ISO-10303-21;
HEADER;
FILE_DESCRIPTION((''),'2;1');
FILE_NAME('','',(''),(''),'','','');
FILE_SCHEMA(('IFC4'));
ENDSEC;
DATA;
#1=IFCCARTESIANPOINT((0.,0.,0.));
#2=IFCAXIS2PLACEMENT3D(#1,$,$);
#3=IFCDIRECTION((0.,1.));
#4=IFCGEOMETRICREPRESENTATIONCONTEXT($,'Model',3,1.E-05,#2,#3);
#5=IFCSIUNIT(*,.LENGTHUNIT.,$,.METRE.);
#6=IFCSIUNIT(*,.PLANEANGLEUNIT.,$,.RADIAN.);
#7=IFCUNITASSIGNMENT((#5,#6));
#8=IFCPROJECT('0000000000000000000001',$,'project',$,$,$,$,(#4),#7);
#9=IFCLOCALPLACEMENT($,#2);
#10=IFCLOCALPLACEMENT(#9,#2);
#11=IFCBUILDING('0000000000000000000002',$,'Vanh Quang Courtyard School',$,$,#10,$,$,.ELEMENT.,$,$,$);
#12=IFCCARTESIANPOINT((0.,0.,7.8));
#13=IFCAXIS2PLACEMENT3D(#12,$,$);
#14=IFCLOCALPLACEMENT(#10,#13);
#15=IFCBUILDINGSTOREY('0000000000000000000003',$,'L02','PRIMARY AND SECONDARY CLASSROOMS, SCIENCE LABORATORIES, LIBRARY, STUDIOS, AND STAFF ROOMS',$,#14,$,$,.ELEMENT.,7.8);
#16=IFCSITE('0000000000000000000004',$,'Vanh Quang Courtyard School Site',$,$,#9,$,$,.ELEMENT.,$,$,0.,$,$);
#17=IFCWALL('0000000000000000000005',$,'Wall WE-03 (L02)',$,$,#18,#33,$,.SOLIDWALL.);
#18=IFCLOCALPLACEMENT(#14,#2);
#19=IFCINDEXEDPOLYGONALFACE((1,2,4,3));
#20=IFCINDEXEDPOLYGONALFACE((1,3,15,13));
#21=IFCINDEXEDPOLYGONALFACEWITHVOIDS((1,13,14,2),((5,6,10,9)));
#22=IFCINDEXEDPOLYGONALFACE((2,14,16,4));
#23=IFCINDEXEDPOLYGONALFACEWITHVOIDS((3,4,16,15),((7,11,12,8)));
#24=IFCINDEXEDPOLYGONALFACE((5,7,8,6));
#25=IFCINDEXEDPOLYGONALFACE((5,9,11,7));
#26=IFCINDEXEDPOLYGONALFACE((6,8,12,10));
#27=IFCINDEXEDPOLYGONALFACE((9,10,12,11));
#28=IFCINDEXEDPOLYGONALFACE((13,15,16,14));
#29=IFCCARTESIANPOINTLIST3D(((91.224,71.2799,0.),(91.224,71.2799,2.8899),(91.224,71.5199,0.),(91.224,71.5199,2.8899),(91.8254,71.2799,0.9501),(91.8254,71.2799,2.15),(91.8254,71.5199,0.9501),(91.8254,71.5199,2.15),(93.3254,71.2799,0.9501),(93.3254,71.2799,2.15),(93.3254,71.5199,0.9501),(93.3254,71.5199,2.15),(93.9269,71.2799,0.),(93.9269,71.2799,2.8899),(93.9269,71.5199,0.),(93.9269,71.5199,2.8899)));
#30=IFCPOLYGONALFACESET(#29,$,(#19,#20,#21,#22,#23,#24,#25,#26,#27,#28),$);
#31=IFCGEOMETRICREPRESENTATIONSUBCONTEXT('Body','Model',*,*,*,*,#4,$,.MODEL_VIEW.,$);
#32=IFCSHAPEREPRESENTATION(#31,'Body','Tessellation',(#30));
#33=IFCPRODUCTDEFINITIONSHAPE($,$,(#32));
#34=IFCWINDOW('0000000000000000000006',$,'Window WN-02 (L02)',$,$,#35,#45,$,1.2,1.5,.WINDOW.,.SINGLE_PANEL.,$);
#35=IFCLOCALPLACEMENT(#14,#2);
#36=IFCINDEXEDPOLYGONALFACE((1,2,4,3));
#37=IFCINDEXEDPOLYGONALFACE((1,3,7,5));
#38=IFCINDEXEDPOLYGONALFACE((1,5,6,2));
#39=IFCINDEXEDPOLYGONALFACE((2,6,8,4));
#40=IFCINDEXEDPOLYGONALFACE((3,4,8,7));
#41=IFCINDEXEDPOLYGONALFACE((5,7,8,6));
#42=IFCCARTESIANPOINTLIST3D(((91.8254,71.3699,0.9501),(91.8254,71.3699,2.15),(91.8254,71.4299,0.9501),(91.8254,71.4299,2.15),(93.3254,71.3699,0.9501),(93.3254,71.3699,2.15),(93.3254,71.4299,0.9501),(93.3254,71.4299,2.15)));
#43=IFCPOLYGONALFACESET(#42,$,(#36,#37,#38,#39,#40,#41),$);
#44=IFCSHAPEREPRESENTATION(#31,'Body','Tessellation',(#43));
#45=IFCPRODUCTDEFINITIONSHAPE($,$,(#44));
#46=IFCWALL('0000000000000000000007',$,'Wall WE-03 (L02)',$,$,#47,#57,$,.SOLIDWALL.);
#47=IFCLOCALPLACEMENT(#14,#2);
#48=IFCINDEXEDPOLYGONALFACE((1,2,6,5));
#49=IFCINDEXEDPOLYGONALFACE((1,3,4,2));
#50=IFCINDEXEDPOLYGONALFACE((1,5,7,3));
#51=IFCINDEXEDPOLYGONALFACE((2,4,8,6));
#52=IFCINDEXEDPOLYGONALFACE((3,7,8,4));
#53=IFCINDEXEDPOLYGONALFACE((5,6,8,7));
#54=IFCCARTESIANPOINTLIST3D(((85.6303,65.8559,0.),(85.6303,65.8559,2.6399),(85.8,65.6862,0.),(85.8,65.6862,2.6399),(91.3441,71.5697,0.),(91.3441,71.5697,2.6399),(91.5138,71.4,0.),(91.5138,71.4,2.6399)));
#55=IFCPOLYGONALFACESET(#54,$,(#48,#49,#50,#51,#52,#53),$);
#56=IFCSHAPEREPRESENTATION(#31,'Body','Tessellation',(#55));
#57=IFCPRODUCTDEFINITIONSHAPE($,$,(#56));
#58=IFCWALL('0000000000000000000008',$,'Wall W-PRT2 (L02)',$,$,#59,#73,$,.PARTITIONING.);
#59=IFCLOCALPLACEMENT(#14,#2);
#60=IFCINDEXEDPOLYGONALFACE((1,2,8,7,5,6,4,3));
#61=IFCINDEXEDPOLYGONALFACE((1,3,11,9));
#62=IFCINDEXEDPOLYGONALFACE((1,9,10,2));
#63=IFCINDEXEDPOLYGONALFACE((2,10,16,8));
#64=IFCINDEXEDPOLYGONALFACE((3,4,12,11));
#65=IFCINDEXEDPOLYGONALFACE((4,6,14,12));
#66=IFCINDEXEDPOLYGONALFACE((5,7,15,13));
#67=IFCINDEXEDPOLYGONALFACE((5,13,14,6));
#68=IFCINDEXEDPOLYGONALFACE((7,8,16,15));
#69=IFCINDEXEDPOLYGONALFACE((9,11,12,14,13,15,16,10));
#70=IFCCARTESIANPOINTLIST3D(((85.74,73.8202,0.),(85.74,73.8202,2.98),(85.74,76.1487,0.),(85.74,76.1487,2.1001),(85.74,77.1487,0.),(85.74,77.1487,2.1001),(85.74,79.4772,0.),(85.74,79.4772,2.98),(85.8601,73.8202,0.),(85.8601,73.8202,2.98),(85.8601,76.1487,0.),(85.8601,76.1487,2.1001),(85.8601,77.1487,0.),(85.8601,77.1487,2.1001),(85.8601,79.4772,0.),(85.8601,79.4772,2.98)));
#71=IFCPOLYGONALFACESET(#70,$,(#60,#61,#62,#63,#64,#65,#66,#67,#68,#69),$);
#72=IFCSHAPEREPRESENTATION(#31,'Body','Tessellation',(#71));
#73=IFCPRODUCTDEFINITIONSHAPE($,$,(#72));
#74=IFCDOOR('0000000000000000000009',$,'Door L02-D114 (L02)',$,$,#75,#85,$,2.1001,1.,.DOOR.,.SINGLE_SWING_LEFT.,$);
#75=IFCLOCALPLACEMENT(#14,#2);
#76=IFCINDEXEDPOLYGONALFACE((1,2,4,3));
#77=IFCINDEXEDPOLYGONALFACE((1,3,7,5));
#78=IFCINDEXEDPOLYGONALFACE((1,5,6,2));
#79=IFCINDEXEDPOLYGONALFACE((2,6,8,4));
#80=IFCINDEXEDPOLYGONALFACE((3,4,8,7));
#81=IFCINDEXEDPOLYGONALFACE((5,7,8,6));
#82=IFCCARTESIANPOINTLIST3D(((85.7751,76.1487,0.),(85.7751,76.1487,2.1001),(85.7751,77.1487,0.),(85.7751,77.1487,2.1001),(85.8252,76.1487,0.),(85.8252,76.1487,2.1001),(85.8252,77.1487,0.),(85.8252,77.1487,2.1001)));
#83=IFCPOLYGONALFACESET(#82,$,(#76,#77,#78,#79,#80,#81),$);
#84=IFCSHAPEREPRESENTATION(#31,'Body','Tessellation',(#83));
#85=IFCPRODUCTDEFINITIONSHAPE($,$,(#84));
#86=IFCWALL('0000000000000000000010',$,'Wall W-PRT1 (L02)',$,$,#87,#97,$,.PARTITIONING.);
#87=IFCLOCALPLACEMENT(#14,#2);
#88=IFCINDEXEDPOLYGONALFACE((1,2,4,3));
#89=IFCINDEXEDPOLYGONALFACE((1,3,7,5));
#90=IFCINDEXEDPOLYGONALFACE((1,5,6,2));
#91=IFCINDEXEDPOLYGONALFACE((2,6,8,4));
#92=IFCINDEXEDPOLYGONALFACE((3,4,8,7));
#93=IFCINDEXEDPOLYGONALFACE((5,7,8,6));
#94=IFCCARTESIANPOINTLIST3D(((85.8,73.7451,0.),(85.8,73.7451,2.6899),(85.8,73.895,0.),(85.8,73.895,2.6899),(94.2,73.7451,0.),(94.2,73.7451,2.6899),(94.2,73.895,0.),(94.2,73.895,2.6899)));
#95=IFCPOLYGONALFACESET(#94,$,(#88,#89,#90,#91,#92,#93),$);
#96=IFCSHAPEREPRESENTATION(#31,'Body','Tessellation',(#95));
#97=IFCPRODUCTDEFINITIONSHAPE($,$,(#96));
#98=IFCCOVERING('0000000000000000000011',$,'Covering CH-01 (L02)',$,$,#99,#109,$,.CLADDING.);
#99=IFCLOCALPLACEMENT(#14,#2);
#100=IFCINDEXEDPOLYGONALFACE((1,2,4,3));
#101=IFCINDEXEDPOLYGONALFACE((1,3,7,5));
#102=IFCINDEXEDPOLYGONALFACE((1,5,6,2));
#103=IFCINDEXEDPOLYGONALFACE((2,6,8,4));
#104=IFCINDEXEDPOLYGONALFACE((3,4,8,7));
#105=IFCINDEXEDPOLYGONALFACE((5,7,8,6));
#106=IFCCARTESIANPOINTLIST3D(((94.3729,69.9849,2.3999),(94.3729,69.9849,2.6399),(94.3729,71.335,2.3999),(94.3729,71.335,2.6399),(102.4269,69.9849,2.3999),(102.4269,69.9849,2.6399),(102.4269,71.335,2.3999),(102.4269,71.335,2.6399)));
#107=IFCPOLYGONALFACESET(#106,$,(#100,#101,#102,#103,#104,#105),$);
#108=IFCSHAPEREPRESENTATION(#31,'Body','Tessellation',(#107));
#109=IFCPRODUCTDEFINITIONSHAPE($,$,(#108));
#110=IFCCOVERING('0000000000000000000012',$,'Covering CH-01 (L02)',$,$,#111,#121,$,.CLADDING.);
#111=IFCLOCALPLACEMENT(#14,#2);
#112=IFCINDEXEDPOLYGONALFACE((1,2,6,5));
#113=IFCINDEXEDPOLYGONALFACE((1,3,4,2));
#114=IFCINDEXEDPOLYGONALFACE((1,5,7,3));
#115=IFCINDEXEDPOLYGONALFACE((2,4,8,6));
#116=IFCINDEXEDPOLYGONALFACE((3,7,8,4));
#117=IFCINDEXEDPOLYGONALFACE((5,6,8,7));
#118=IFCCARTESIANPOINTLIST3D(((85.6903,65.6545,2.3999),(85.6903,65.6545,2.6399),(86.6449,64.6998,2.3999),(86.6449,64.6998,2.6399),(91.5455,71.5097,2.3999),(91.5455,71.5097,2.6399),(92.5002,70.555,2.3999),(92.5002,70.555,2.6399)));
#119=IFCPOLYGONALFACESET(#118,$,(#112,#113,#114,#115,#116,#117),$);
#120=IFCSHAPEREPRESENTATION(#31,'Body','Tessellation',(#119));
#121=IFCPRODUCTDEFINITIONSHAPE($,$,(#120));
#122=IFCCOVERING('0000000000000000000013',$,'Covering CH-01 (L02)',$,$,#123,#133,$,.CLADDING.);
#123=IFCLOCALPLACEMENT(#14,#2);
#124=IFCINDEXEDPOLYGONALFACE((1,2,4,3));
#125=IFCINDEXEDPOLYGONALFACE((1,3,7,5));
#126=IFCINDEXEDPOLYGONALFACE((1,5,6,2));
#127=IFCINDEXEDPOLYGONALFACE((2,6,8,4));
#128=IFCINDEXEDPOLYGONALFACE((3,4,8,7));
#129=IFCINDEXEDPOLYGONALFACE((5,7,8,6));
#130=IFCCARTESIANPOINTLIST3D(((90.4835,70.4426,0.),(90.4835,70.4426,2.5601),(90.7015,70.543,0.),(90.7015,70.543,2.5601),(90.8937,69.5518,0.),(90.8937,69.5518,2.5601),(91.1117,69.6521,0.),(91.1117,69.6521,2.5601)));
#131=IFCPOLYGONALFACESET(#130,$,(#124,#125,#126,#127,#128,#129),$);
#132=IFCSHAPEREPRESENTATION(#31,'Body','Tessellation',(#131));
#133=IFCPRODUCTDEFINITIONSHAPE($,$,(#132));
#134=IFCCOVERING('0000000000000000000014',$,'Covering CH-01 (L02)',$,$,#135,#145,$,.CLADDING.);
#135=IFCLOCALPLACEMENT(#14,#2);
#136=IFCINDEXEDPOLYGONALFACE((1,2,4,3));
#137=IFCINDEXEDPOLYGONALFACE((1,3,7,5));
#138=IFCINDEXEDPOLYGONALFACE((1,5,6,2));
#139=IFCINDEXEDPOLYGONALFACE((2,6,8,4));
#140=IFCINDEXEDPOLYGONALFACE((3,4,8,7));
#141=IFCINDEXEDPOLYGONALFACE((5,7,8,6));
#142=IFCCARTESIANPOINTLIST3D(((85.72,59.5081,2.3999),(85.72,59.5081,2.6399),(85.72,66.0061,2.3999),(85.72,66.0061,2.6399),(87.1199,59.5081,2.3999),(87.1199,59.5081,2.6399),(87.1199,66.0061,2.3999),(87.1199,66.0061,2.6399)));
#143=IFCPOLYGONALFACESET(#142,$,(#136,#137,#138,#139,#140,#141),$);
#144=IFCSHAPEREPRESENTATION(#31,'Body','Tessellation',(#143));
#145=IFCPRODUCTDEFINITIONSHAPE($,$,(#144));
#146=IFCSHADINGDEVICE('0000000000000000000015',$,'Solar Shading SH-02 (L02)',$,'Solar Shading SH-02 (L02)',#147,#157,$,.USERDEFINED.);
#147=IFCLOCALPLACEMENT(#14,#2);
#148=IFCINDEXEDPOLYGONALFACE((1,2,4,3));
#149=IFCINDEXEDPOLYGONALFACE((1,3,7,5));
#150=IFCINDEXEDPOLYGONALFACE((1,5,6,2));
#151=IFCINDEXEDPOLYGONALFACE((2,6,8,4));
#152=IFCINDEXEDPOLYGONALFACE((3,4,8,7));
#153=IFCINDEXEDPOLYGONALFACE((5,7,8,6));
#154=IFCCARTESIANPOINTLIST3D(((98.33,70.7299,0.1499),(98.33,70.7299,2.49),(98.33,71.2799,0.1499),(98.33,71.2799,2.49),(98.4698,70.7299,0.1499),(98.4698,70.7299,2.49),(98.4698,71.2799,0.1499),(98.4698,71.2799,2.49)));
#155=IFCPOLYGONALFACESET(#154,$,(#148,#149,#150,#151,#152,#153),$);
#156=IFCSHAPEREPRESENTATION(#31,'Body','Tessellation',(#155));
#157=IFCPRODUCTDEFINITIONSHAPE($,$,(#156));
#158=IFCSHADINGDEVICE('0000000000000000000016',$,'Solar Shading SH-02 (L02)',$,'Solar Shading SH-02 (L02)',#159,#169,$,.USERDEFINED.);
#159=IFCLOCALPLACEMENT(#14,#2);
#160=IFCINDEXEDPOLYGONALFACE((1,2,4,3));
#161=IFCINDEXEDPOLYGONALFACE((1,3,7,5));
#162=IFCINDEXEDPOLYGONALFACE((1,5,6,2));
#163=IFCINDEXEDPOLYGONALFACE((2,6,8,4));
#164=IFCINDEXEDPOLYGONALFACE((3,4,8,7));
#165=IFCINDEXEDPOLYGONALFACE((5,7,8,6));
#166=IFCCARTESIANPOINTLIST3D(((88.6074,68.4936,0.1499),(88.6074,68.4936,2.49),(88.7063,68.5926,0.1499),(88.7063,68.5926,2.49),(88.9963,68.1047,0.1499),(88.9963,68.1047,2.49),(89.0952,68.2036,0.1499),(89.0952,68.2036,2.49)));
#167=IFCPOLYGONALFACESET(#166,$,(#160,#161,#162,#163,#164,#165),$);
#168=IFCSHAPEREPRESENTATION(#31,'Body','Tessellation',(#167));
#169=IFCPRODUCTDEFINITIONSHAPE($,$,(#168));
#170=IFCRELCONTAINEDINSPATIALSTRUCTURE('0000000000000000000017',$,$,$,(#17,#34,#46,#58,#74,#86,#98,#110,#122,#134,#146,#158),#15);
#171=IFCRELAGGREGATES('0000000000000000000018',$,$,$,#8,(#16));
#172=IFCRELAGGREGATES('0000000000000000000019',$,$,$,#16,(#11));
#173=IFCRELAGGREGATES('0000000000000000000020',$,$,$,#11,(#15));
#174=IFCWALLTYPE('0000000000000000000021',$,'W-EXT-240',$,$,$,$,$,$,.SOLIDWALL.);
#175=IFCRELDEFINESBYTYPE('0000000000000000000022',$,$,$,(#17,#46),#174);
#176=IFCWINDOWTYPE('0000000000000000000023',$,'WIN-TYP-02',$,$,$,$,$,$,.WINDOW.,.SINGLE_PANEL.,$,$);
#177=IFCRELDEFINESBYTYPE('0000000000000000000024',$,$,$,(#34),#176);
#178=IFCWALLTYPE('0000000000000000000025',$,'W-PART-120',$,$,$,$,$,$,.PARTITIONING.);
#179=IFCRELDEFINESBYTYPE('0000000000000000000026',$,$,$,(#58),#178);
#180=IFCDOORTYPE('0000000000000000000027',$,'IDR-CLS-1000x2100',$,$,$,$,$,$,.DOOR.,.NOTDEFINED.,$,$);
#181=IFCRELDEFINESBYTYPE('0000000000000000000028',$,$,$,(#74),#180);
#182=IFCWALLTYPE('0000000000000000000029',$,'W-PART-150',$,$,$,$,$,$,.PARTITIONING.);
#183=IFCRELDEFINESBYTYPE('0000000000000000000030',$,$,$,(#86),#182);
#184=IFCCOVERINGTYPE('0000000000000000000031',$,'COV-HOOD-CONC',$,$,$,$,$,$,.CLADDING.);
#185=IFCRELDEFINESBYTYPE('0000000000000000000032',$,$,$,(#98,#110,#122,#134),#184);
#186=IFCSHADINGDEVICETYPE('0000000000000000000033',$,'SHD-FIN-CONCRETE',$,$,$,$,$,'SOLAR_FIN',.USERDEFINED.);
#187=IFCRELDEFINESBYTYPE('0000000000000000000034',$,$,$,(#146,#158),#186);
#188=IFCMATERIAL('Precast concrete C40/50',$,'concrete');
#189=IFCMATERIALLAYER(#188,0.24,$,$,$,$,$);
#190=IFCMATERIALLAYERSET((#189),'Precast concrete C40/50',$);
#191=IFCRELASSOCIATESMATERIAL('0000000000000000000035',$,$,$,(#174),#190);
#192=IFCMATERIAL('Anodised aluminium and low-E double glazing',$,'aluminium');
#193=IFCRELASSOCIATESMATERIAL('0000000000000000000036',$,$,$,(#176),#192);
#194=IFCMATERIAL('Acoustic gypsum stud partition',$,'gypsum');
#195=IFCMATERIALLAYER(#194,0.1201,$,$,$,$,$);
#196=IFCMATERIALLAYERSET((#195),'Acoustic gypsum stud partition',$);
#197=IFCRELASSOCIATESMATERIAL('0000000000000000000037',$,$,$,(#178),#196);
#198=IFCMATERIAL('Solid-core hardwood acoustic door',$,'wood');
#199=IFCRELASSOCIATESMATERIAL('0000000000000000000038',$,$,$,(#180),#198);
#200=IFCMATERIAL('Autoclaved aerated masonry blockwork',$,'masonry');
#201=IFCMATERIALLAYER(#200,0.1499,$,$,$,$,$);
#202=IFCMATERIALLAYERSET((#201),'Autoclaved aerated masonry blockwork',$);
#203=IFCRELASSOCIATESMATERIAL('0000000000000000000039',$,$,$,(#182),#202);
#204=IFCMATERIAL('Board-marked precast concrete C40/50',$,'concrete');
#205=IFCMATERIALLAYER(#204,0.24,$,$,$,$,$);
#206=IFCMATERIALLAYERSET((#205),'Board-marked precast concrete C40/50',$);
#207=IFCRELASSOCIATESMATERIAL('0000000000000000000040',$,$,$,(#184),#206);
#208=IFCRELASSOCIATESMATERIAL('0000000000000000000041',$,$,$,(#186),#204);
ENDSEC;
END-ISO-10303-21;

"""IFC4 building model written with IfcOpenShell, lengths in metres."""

from ifc_helpers import new_model, si_unit, direction, frame, frame_2d, origin, origin_2d, place, context, subcontext, project, spatial, rectangle, extrude, material, layer, layer_set, type_object, element, fill, save


model = new_model("IFC4")

# Units and contexts
model_context = context("Model", 3, precision=1e-05, world=origin(), true_north=direction((0.0, 1.0)))
body_context = subcontext(model_context, "Body", "Model", "MODEL_VIEW")
ifc_project = project(units=[si_unit("LENGTHUNIT", "METRE"), si_unit("PLANEANGLEUNIT", "RADIAN")], contexts=[model_context])

# Site, building, storey
site_placement = place(None, origin())
site = spatial("IfcSite", under=ifc_project, at=site_placement, Name="Vanh Quang Courtyard School Site", CompositionType="ELEMENT", RefElevation=0.0)
building_placement = place(site_placement, origin())
building = spatial("IfcBuilding", under=site, at=building_placement, Name="Vanh Quang Courtyard School", CompositionType="ELEMENT")
storey_placement = place(building_placement, frame((0.0, 0.0, 7.8)))
storey = spatial("IfcBuildingStorey", under=building, at=storey_placement, Name="L02", Description="PRIMARY AND SECONDARY CLASSROOMS, SCIENCE LABORATORIES, LIBRARY, STUDIOS, AND STAFF ROOMS", CompositionType="ELEMENT", Elevation=7.8)

# Wall, opening, window
ifc_material_1 = material(Name="Precast concrete C40/50", Category="concrete")
ifc_layer_1 = layer(ifc_material_1, 0.24)
ifc_layer_set_1 = layer_set([ifc_layer_1], Name="Precast concrete C40/50")
wall_type_1 = type_object("IfcWallType", Name="W-EXT-240", PredefinedType="SOLIDWALL", material=ifc_layer_set_1)
wall_1_placement = place(storey_placement, frame((93.927, 71.3999, 0.0), z_axis=(0.0, 0.0, 1.0), x_axis=(-1.0, 0.0, 0.0)))
wall_1 = element("IfcWall", 1, at=wall_1_placement, inside=storey, type_object=wall_type_1, Name="Wall WE-03 (L02)", PredefinedType="SOLIDWALL", context=body_context, shape_type="SweptSolid", body=[
    extrude(rectangle(XDim=2.7029, YDim=0.24, at=frame_2d((1.3516, 0.0))), origin(), (0.0, 0.0, 1.0), 2.8899),
])
opening_1_placement = place(wall_1_placement, frame((0.6016, 0.0, 0.95)))
opening_1 = element("IfcOpeningElement", 2, at=opening_1_placement, cuts=wall_1, PredefinedType="OPENING", context=body_context, shape_type="SweptSolid", body=[
    extrude(rectangle(XDim=1.5, YDim=1.2, at=frame_2d((0.75, 0.6001))), frame((0.0, 0.1299, 0.0), z_axis=(0.0, -1.0, 0.0), x_axis=(1.0, 0.0, 0.0)), (0.0, 0.0, 1.0), 0.26),
])
ifc_material_2 = material(Name="Anodised aluminium and low-E double glazing", Category="aluminium")
window_type = type_object("IfcWindowType", Name="WIN-TYP-02", PartitioningType="SINGLE_PANEL", PredefinedType="WINDOW", material=ifc_material_2)
window_placement = place(opening_1_placement, origin())
window = element("IfcWindow", 3, at=window_placement, inside=storey, type_object=window_type, Name="Window WN-02 (L02)", OverallHeight=1.2, OverallWidth=1.5, PartitioningType="SINGLE_PANEL", PredefinedType="WINDOW", context=body_context, shape_type="SweptSolid", body=[
    extrude(rectangle(XDim=1.5, YDim=1.2, at=frame_2d((0.75, 0.6001))), frame((0.0, 0.03, 0.0), z_axis=(0.0, -1.0, 0.0), x_axis=(1.0, 0.0, 0.0)), (0.0, 0.0, 1.0), 0.0601),
])
fill(opening_1, window)

# Wall
wall_2_placement = place(storey_placement, frame((91.429, 71.4849, 0.0), z_axis=(0.0, 0.0, 1.0), x_axis=(-0.707107, -0.707107, 0.0)))
element("IfcWall", 4, at=wall_2_placement, inside=storey, type_object=wall_type_1, Name="Wall WE-03 (L02)", PredefinedType="SOLIDWALL", context=body_context, shape_type="SweptSolid", body=[
    extrude(rectangle(XDim=8.0806, YDim=0.24, at=frame_2d((4.0403, 0.0))), origin(), (0.0, 0.0, 1.0), 2.6399),
])

# Wall, opening, door
ifc_material_3 = material(Name="Acoustic gypsum stud partition", Category="gypsum")
ifc_layer_2 = layer(ifc_material_3, 0.1201)
ifc_layer_set_2 = layer_set([ifc_layer_2], Name="Acoustic gypsum stud partition")
wall_type_2 = type_object("IfcWallType", Name="W-PART-120", PredefinedType="PARTITIONING", material=ifc_layer_set_2)
wall_3_placement = place(storey_placement, frame((85.8, 73.8201, 0.0), z_axis=(0.0, 0.0, 1.0), x_axis=(0.0, 1.0, 0.0)))
wall_3 = element("IfcWall", 5, at=wall_3_placement, inside=storey, type_object=wall_type_2, Name="Wall W-PRT2 (L02)", PredefinedType="PARTITIONING", context=body_context, shape_type="SweptSolid", body=[
    extrude(rectangle(XDim=5.657, YDim=0.1201, at=frame_2d((2.8286, 0.0))), origin(), (0.0, 0.0, 1.0), 2.98),
])
opening_2_placement = place(wall_3_placement, frame((2.3286, 0.0, 0.0)))
opening_2 = element("IfcOpeningElement", 6, at=opening_2_placement, cuts=wall_3, PredefinedType="OPENING", context=body_context, shape_type="SweptSolid", body=[
    extrude(rectangle(XDim=1.0, YDim=2.1001, at=frame_2d((0.5, 1.05))), frame((0.0, 0.0701, 0.0), z_axis=(0.0, -1.0, 0.0), x_axis=(1.0, 0.0, 0.0)), (0.0, 0.0, 1.0), 0.1401),
])
ifc_material_4 = material(Name="Solid-core hardwood acoustic door", Category="wood")
door_type = type_object("IfcDoorType", Name="IDR-CLS-1000x2100", OperationType="NOTDEFINED", PredefinedType="DOOR", material=ifc_material_4)
door_placement = place(opening_2_placement, origin())
door = element("IfcDoor", 7, at=door_placement, inside=storey, type_object=door_type, Name="Door L02-D114 (L02)", OperationType="SINGLE_SWING_LEFT", OverallHeight=2.1001, OverallWidth=1.0, PredefinedType="DOOR", context=body_context, shape_type="SweptSolid", body=[
    extrude(rectangle(XDim=1.0, YDim=2.1001, at=frame_2d((0.5, 1.05))), frame((0.0, 0.0249, 0.0), z_axis=(0.0, -1.0, 0.0), x_axis=(1.0, 0.0, 0.0)), (0.0, 0.0, 1.0), 0.05),
])
fill(opening_2, door)

# Wall
ifc_material_5 = material(Name="Autoclaved aerated masonry blockwork", Category="masonry")
ifc_layer_3 = layer(ifc_material_5, 0.1499)
ifc_layer_set_3 = layer_set([ifc_layer_3], Name="Autoclaved aerated masonry blockwork")
wall_type_3 = type_object("IfcWallType", Name="W-PART-150", PredefinedType="PARTITIONING", material=ifc_layer_set_3)
wall_4_placement = place(storey_placement, frame((94.2, 73.8201, 0.0), z_axis=(0.0, 0.0, 1.0), x_axis=(-1.0, 0.0, 0.0)))
element("IfcWall", 8, at=wall_4_placement, inside=storey, type_object=wall_type_3, Name="Wall W-PRT1 (L02)", PredefinedType="PARTITIONING", context=body_context, shape_type="SweptSolid", body=[
    extrude(rectangle(XDim=8.3999, YDim=0.1499, at=frame_2d((4.2, 0.0))), origin(), (0.0, 0.0, 1.0), 2.6899),
])

# Coverings
ifc_material_6 = material(Name="Board-marked precast concrete C40/50", Category="concrete")
ifc_layer_4 = layer(ifc_material_6, 0.24)
ifc_layer_set_4 = layer_set([ifc_layer_4], Name="Board-marked precast concrete C40/50")
covering_type = type_object("IfcCoveringType", Name="COV-HOOD-CONC", PredefinedType="CLADDING", material=ifc_layer_set_4)
covering_1_placement = place(storey_placement, frame((98.3999, 70.6599, 2.3999), z_axis=(0.0, 0.0, 1.0), x_axis=(-1.0, 0.0, 0.0)))
element("IfcCovering", 9, at=covering_1_placement, inside=storey, type_object=covering_type, Name="Covering CH-01 (L02)", PredefinedType="CLADDING", context=body_context, shape_type="SweptSolid", body=[
    extrude(rectangle(XDim=8.054, YDim=1.3501, at=origin_2d()), origin(), (0.0, 0.0, 1.0), 0.24),
])
covering_2_placement = place(storey_placement, frame((89.0952, 68.1047, 2.3999), z_axis=(0.0, 0.0, 1.0), x_axis=(-0.707107, -0.707107, 0.0)))
element("IfcCovering", 10, at=covering_2_placement, inside=storey, type_object=covering_type, Name="Covering CH-01 (L02)", PredefinedType="CLADDING", context=body_context, shape_type="SweptSolid", body=[
    extrude(rectangle(XDim=8.2805, YDim=1.3501, at=origin_2d()), origin(), (0.0, 0.0, 1.0), 0.24),
])
covering_3_placement = place(storey_placement, frame((90.7976, 70.0474, 0.0), z_axis=(0.0, 0.0, 1.0), x_axis=(0.418184, -0.908362, 0.0)))
element("IfcCovering", 11, at=covering_3_placement, inside=storey, type_object=covering_type, Name="Covering CH-01 (L02)", PredefinedType="CLADDING", context=body_context, shape_type="SweptSolid", body=[
    extrude(rectangle(XDim=0.9807, YDim=0.24, at=origin_2d()), origin(), (0.0, 0.0, 1.0), 2.5601),
])
covering_4_placement = place(storey_placement, frame((86.4199, 62.7571, 2.3999), z_axis=(0.0, 0.0, 1.0), x_axis=(0.0, -1.0, 0.0)))
element("IfcCovering", 12, at=covering_4_placement, inside=storey, type_object=covering_type, Name="Covering CH-01 (L02)", PredefinedType="CLADDING", context=body_context, shape_type="SweptSolid", body=[
    extrude(rectangle(XDim=6.498, YDim=1.3999, at=origin_2d()), origin(), (0.0, 0.0, 1.0), 0.24),
])

# Shading devices
shading_device_type = type_object("IfcShadingDeviceType", Name="SHD-FIN-CONCRETE", ElementType="SOLAR_FIN", PredefinedType="USERDEFINED", material=ifc_material_6)
for number, where, z_axis, x_axis, name in (
    (13, (98.3999, 71.0049, 0.1499), (0.0, 0.0, 1.0), (-1.0, 0.0, 0.0), "Solar Shading SH-02 (L02)"),
    (14, (88.8513, 68.3486, 0.1499), (0.0, 0.0, 1.0), (-0.707107, -0.707107, 0.0), "Solar Shading SH-02 (L02)"),
):
    element("IfcShadingDevice", number, at=place(storey_placement, frame(where, z_axis=z_axis, x_axis=x_axis)), inside=storey, type_object=shading_device_type, Name=name, ObjectType="Solar Shading SH-02 (L02)", PredefinedType="USERDEFINED", context=body_context, shape_type="SweptSolid", body=[
        extrude(rectangle(XDim=0.1399, YDim=0.55, at=origin_2d()), origin(), (0.0, 0.0, 1.0), 2.3401),
    ])

save(model, "model.ifc")
